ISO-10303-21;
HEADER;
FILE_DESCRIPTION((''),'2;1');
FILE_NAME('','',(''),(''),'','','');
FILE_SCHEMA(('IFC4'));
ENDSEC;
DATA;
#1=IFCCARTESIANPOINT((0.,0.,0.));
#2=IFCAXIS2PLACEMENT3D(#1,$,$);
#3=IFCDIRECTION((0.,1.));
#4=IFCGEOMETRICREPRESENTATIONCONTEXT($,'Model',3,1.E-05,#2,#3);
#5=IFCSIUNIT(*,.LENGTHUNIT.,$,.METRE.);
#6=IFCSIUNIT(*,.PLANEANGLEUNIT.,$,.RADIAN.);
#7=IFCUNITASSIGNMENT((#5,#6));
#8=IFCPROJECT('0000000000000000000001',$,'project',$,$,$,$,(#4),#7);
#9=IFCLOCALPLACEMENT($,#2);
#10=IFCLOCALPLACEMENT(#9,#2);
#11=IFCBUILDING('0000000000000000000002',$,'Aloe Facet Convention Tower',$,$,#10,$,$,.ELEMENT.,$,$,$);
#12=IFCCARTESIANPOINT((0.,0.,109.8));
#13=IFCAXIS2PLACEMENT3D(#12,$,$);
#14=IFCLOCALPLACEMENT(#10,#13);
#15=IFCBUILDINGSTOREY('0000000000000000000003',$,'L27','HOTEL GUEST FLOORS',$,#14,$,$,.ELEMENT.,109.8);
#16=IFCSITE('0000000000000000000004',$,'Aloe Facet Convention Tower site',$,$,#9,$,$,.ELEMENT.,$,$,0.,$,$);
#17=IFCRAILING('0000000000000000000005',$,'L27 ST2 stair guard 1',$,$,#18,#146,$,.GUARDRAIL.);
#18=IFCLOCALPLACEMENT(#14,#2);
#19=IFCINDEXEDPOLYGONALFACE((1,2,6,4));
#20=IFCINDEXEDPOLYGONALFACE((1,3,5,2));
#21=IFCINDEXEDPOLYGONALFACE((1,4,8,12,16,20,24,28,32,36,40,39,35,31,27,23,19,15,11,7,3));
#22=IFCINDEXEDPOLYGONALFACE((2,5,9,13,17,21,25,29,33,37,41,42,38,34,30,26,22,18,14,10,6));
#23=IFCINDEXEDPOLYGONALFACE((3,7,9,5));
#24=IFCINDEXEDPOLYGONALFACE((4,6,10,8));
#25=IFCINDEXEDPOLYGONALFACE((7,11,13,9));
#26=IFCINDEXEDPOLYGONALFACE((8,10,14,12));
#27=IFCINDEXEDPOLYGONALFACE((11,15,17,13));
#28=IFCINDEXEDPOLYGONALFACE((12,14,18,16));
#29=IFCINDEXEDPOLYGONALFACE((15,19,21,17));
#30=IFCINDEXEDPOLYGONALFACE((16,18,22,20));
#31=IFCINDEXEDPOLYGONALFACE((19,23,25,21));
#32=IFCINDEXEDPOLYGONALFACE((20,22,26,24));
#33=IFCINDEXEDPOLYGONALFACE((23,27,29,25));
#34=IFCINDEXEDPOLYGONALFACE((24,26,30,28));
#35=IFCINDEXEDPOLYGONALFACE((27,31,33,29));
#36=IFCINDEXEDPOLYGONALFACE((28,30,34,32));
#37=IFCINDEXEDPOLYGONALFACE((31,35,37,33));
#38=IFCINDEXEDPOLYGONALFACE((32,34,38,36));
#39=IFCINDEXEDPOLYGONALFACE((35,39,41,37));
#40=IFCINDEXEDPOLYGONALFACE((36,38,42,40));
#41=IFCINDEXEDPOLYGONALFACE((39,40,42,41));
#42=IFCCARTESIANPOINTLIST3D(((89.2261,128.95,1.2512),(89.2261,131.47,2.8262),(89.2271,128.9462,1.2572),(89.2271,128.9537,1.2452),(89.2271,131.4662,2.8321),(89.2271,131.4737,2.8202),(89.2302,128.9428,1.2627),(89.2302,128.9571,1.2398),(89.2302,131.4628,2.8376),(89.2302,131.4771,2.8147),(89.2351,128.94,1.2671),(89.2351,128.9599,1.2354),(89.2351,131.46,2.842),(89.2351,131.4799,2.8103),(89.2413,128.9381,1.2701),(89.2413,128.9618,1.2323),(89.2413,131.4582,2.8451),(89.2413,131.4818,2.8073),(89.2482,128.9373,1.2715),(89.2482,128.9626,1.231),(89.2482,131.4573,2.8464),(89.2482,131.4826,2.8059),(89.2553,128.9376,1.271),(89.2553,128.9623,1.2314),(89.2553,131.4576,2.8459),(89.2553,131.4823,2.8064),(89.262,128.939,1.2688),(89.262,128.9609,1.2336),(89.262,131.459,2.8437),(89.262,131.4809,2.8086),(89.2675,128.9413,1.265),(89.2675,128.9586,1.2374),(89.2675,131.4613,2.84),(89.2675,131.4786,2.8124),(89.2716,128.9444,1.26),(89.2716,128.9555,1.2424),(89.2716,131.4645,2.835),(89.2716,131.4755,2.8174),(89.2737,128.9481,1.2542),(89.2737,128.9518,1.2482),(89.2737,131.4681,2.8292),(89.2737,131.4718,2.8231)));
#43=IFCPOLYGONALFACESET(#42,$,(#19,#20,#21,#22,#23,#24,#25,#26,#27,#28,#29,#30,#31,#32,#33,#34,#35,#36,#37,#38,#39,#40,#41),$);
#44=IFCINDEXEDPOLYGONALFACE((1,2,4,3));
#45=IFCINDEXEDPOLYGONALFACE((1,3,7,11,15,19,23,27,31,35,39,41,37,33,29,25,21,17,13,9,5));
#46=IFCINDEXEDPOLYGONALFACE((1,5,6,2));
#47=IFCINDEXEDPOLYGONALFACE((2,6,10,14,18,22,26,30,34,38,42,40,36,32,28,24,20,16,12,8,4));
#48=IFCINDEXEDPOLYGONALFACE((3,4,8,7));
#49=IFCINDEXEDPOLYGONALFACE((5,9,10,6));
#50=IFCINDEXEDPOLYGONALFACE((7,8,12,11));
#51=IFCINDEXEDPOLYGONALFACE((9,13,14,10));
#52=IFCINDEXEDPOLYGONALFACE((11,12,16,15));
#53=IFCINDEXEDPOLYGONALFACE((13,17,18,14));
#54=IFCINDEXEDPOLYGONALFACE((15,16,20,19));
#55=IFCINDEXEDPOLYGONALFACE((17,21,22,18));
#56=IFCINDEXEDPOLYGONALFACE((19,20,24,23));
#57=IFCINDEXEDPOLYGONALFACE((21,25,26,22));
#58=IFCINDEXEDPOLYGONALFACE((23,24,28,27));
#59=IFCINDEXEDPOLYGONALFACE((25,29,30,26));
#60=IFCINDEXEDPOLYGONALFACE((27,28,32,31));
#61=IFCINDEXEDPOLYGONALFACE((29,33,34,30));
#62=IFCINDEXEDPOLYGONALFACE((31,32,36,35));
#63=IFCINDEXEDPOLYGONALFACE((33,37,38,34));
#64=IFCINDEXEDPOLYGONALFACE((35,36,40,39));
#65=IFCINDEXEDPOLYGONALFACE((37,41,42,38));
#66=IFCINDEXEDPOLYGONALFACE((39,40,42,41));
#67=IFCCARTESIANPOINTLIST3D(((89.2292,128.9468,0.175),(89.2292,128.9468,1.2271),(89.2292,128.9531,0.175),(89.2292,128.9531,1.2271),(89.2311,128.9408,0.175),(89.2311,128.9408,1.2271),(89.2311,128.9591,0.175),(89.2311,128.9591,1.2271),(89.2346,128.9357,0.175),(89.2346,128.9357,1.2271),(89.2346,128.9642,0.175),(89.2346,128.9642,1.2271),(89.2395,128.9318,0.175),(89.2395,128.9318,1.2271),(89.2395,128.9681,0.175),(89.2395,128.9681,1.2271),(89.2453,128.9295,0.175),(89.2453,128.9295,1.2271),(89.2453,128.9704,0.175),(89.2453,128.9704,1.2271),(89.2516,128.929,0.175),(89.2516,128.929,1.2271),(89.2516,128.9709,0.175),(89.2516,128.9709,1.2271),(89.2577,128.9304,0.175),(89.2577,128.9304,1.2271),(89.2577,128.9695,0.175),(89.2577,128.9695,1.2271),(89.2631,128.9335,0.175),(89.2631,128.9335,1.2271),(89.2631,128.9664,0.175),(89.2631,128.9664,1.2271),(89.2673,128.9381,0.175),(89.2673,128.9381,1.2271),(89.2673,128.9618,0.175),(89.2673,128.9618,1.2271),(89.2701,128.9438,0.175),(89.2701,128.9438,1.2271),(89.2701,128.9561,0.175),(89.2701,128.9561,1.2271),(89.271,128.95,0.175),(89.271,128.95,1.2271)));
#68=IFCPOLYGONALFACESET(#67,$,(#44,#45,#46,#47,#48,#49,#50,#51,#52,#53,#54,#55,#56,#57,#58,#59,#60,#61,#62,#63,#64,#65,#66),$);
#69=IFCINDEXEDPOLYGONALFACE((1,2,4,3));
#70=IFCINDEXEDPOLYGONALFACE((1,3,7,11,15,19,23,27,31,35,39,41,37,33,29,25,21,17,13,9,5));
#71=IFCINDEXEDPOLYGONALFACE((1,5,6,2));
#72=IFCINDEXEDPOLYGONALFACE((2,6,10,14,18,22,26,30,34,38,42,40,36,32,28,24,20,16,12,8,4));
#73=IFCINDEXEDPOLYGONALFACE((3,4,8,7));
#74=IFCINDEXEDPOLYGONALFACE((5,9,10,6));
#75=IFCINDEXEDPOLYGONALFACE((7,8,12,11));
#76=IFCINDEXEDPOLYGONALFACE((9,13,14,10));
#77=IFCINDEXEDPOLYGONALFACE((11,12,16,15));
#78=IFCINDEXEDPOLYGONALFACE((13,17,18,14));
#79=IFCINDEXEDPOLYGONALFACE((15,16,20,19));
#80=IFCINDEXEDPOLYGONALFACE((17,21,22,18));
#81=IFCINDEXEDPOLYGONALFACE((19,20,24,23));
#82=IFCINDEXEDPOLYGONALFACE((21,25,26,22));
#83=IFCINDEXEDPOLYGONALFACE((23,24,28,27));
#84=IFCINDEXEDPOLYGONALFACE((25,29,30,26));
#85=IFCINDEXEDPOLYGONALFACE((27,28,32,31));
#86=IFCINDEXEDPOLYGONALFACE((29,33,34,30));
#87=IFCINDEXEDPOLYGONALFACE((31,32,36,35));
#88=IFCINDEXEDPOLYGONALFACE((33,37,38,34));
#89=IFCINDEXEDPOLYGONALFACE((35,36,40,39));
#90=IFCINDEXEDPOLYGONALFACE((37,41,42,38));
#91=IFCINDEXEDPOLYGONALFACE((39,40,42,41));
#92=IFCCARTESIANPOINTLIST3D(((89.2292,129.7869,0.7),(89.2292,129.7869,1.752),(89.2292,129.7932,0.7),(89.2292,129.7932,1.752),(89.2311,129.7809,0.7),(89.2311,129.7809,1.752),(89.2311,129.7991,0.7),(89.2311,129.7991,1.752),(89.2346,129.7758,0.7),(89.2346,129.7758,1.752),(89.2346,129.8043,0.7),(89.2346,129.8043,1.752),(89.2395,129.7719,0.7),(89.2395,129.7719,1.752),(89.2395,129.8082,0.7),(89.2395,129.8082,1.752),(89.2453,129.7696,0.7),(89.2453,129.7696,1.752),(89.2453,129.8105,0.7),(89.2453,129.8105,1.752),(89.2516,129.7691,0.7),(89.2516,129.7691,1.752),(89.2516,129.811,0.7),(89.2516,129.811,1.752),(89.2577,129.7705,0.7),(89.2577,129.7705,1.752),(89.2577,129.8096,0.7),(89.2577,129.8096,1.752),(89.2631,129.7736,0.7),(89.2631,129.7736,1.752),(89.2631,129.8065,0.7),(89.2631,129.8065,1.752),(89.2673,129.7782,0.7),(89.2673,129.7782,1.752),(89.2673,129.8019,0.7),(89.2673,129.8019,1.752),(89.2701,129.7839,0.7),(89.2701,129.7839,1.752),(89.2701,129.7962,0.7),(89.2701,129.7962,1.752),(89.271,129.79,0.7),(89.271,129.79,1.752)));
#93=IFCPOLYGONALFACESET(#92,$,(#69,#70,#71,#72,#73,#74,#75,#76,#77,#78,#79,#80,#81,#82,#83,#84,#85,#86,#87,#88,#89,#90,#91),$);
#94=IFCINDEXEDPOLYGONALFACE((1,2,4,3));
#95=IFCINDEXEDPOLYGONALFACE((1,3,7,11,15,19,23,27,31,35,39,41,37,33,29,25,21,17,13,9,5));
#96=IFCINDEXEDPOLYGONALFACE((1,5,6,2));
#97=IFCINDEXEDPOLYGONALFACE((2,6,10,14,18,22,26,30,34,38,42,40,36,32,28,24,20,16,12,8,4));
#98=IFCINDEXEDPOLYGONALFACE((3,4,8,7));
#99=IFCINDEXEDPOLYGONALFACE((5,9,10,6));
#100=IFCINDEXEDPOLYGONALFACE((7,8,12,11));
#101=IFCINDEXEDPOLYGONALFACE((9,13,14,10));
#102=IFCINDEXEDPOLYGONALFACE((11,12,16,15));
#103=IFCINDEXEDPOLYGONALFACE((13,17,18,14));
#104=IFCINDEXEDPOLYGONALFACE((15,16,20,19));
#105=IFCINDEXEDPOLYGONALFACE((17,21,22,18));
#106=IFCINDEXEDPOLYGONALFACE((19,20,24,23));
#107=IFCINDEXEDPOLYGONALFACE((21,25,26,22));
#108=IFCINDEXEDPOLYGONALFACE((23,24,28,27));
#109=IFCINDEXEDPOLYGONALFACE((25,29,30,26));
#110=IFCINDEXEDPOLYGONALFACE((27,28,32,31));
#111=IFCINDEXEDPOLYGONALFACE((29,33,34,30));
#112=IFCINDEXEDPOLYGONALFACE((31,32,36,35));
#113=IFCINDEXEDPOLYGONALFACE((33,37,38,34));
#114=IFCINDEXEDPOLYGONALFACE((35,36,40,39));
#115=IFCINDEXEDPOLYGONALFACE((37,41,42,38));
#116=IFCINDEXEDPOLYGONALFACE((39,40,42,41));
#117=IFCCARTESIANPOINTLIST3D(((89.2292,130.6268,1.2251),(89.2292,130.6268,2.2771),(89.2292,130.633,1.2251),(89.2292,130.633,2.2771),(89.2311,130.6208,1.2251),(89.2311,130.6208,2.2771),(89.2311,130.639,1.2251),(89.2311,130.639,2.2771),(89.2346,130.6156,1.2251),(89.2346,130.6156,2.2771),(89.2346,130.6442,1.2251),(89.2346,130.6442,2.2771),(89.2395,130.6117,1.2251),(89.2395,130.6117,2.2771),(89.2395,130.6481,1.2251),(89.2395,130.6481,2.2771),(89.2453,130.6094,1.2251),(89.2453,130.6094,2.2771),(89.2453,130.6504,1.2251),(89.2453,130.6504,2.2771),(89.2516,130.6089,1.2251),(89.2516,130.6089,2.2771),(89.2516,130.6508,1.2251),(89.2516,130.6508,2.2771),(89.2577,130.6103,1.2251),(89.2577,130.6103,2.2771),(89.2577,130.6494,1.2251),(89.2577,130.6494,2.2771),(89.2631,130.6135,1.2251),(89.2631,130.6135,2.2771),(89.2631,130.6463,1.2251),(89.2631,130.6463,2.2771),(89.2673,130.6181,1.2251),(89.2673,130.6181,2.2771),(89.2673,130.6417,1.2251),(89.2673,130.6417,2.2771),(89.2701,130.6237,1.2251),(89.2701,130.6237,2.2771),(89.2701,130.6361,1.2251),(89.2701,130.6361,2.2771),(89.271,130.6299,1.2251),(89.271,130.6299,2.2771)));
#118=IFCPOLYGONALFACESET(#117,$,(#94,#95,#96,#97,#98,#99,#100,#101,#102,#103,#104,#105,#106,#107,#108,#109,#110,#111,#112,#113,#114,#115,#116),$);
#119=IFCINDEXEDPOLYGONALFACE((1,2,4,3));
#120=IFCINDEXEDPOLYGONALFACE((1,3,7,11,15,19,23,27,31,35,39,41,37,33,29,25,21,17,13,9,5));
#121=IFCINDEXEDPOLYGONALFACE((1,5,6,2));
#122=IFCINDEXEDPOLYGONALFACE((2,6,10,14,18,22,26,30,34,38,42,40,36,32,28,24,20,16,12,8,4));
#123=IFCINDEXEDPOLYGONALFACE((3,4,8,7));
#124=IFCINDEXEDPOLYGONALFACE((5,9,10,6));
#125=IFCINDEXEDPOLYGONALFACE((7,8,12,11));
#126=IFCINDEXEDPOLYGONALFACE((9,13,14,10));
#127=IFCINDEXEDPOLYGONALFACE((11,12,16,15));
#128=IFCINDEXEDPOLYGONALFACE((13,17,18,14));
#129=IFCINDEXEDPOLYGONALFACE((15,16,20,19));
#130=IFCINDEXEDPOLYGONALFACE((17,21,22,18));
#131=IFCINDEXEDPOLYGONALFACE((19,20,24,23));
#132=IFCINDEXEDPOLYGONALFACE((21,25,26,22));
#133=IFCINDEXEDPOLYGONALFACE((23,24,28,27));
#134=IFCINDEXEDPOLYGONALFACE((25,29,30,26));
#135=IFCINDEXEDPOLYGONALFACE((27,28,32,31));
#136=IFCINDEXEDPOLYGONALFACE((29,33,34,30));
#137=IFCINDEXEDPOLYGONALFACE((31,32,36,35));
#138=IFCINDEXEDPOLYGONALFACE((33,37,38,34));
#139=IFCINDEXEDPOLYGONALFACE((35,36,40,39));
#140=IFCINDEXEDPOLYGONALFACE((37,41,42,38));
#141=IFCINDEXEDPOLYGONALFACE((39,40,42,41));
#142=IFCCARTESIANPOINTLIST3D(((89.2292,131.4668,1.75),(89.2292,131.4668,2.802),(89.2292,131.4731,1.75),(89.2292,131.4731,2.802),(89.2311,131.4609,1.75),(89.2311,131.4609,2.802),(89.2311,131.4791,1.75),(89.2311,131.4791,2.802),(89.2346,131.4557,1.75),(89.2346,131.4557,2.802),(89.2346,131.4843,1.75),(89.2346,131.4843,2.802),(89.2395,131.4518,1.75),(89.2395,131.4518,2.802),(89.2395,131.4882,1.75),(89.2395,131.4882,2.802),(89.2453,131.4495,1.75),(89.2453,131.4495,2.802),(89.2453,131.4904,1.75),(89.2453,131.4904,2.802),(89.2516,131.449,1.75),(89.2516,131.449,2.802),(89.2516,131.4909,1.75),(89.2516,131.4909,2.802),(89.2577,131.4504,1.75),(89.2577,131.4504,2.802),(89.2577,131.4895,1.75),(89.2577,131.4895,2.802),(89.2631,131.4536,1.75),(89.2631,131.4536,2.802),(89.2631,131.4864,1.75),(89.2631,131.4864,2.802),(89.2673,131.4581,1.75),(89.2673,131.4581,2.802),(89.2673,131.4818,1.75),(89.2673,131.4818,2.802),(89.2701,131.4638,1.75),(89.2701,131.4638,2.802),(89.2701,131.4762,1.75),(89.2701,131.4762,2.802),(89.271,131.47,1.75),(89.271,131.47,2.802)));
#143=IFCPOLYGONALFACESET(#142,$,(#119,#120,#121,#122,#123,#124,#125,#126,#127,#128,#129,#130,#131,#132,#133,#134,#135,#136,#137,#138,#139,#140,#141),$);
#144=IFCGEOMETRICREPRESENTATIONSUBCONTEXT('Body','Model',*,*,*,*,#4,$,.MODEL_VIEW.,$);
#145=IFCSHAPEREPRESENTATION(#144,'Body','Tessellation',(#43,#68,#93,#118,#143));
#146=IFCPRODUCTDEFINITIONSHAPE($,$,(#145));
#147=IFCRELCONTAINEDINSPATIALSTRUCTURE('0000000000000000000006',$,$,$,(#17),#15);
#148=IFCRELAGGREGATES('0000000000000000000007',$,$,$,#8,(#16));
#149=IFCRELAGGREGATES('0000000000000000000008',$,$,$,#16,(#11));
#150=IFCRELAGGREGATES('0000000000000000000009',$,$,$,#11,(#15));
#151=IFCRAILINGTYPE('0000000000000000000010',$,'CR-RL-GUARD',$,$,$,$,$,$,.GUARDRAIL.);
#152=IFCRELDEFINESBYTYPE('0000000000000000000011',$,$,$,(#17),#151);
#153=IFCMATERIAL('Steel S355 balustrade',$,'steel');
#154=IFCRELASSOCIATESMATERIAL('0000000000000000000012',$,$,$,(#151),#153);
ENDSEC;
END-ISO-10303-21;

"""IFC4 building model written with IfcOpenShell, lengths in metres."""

from ifc_helpers import new_model, si_unit, direction, frame, origin, origin_2d, place, context, subcontext, project, spatial, circle, extrude, material, type_object, element, save


model = new_model("IFC4")

# Units and contexts
model_context = context("Model", 3, precision=1e-05, world=origin(), true_north=direction((0.0, 1.0)))
body_context = subcontext(model_context, "Body", "Model", "MODEL_VIEW")
ifc_project = project(units=[si_unit("LENGTHUNIT", "METRE"), si_unit("PLANEANGLEUNIT", "RADIAN")], contexts=[model_context])

# Site, building, storey
site_placement = place(None, origin())
site = spatial("IfcSite", under=ifc_project, at=site_placement, Name="Aloe Facet Convention Tower site", CompositionType="ELEMENT", RefElevation=0.0)
building_placement = place(site_placement, origin())
building = spatial("IfcBuilding", under=site, at=building_placement, Name="Aloe Facet Convention Tower", CompositionType="ELEMENT")
storey_placement = place(building_placement, frame((0.0, 0.0, 109.8)))
storey = spatial("IfcBuildingStorey", under=building, at=storey_placement, Name="L27", Description="HOTEL GUEST FLOORS", CompositionType="ELEMENT", Elevation=109.8)

# Railing
ifc_material_1 = material(Name="Steel S355 balustrade", Category="steel")
railing_type_1 = type_object("IfcRailingType", Name="CR-RL-GUARD", PredefinedType="GUARDRAIL", material=ifc_material_1)
railing_1_placement = place(storey_placement, frame((89.25, 128.95, 0.175)))
element("IfcRailing", 1, at=railing_1_placement, inside=storey, type_object=railing_type_1, Name="L27 ST2 stair guard 1", PredefinedType="GUARDRAIL", context=body_context, shape_type="SweptSolid", body=[
    extrude(circle(Radius=0.0239, at=origin_2d()), frame((0.0, 0.0, 1.0762), z_axis=(0.0, 0.848008, 0.529984), x_axis=(-1.0, 0.0, 0.0)), (0.0, 0.0, 1.0), 2.9717),
    extrude(circle(Radius=0.021, at=origin_2d()), origin(), (0.0, 0.0, 1.0), 1.052),
    extrude(circle(Radius=0.021, at=origin_2d()), frame((0.0, 0.8401, 0.5249)), (0.0, 0.0, 1.0), 1.052),
    extrude(circle(Radius=0.021, at=origin_2d()), frame((0.0, 1.6799, 1.05)), (0.0, 0.0, 1.0), 1.052),
    extrude(circle(Radius=0.021, at=origin_2d()), frame((0.0, 2.52, 1.575)), (0.0, 0.0, 1.0), 1.052),
])

save(model, "model.ifc")
